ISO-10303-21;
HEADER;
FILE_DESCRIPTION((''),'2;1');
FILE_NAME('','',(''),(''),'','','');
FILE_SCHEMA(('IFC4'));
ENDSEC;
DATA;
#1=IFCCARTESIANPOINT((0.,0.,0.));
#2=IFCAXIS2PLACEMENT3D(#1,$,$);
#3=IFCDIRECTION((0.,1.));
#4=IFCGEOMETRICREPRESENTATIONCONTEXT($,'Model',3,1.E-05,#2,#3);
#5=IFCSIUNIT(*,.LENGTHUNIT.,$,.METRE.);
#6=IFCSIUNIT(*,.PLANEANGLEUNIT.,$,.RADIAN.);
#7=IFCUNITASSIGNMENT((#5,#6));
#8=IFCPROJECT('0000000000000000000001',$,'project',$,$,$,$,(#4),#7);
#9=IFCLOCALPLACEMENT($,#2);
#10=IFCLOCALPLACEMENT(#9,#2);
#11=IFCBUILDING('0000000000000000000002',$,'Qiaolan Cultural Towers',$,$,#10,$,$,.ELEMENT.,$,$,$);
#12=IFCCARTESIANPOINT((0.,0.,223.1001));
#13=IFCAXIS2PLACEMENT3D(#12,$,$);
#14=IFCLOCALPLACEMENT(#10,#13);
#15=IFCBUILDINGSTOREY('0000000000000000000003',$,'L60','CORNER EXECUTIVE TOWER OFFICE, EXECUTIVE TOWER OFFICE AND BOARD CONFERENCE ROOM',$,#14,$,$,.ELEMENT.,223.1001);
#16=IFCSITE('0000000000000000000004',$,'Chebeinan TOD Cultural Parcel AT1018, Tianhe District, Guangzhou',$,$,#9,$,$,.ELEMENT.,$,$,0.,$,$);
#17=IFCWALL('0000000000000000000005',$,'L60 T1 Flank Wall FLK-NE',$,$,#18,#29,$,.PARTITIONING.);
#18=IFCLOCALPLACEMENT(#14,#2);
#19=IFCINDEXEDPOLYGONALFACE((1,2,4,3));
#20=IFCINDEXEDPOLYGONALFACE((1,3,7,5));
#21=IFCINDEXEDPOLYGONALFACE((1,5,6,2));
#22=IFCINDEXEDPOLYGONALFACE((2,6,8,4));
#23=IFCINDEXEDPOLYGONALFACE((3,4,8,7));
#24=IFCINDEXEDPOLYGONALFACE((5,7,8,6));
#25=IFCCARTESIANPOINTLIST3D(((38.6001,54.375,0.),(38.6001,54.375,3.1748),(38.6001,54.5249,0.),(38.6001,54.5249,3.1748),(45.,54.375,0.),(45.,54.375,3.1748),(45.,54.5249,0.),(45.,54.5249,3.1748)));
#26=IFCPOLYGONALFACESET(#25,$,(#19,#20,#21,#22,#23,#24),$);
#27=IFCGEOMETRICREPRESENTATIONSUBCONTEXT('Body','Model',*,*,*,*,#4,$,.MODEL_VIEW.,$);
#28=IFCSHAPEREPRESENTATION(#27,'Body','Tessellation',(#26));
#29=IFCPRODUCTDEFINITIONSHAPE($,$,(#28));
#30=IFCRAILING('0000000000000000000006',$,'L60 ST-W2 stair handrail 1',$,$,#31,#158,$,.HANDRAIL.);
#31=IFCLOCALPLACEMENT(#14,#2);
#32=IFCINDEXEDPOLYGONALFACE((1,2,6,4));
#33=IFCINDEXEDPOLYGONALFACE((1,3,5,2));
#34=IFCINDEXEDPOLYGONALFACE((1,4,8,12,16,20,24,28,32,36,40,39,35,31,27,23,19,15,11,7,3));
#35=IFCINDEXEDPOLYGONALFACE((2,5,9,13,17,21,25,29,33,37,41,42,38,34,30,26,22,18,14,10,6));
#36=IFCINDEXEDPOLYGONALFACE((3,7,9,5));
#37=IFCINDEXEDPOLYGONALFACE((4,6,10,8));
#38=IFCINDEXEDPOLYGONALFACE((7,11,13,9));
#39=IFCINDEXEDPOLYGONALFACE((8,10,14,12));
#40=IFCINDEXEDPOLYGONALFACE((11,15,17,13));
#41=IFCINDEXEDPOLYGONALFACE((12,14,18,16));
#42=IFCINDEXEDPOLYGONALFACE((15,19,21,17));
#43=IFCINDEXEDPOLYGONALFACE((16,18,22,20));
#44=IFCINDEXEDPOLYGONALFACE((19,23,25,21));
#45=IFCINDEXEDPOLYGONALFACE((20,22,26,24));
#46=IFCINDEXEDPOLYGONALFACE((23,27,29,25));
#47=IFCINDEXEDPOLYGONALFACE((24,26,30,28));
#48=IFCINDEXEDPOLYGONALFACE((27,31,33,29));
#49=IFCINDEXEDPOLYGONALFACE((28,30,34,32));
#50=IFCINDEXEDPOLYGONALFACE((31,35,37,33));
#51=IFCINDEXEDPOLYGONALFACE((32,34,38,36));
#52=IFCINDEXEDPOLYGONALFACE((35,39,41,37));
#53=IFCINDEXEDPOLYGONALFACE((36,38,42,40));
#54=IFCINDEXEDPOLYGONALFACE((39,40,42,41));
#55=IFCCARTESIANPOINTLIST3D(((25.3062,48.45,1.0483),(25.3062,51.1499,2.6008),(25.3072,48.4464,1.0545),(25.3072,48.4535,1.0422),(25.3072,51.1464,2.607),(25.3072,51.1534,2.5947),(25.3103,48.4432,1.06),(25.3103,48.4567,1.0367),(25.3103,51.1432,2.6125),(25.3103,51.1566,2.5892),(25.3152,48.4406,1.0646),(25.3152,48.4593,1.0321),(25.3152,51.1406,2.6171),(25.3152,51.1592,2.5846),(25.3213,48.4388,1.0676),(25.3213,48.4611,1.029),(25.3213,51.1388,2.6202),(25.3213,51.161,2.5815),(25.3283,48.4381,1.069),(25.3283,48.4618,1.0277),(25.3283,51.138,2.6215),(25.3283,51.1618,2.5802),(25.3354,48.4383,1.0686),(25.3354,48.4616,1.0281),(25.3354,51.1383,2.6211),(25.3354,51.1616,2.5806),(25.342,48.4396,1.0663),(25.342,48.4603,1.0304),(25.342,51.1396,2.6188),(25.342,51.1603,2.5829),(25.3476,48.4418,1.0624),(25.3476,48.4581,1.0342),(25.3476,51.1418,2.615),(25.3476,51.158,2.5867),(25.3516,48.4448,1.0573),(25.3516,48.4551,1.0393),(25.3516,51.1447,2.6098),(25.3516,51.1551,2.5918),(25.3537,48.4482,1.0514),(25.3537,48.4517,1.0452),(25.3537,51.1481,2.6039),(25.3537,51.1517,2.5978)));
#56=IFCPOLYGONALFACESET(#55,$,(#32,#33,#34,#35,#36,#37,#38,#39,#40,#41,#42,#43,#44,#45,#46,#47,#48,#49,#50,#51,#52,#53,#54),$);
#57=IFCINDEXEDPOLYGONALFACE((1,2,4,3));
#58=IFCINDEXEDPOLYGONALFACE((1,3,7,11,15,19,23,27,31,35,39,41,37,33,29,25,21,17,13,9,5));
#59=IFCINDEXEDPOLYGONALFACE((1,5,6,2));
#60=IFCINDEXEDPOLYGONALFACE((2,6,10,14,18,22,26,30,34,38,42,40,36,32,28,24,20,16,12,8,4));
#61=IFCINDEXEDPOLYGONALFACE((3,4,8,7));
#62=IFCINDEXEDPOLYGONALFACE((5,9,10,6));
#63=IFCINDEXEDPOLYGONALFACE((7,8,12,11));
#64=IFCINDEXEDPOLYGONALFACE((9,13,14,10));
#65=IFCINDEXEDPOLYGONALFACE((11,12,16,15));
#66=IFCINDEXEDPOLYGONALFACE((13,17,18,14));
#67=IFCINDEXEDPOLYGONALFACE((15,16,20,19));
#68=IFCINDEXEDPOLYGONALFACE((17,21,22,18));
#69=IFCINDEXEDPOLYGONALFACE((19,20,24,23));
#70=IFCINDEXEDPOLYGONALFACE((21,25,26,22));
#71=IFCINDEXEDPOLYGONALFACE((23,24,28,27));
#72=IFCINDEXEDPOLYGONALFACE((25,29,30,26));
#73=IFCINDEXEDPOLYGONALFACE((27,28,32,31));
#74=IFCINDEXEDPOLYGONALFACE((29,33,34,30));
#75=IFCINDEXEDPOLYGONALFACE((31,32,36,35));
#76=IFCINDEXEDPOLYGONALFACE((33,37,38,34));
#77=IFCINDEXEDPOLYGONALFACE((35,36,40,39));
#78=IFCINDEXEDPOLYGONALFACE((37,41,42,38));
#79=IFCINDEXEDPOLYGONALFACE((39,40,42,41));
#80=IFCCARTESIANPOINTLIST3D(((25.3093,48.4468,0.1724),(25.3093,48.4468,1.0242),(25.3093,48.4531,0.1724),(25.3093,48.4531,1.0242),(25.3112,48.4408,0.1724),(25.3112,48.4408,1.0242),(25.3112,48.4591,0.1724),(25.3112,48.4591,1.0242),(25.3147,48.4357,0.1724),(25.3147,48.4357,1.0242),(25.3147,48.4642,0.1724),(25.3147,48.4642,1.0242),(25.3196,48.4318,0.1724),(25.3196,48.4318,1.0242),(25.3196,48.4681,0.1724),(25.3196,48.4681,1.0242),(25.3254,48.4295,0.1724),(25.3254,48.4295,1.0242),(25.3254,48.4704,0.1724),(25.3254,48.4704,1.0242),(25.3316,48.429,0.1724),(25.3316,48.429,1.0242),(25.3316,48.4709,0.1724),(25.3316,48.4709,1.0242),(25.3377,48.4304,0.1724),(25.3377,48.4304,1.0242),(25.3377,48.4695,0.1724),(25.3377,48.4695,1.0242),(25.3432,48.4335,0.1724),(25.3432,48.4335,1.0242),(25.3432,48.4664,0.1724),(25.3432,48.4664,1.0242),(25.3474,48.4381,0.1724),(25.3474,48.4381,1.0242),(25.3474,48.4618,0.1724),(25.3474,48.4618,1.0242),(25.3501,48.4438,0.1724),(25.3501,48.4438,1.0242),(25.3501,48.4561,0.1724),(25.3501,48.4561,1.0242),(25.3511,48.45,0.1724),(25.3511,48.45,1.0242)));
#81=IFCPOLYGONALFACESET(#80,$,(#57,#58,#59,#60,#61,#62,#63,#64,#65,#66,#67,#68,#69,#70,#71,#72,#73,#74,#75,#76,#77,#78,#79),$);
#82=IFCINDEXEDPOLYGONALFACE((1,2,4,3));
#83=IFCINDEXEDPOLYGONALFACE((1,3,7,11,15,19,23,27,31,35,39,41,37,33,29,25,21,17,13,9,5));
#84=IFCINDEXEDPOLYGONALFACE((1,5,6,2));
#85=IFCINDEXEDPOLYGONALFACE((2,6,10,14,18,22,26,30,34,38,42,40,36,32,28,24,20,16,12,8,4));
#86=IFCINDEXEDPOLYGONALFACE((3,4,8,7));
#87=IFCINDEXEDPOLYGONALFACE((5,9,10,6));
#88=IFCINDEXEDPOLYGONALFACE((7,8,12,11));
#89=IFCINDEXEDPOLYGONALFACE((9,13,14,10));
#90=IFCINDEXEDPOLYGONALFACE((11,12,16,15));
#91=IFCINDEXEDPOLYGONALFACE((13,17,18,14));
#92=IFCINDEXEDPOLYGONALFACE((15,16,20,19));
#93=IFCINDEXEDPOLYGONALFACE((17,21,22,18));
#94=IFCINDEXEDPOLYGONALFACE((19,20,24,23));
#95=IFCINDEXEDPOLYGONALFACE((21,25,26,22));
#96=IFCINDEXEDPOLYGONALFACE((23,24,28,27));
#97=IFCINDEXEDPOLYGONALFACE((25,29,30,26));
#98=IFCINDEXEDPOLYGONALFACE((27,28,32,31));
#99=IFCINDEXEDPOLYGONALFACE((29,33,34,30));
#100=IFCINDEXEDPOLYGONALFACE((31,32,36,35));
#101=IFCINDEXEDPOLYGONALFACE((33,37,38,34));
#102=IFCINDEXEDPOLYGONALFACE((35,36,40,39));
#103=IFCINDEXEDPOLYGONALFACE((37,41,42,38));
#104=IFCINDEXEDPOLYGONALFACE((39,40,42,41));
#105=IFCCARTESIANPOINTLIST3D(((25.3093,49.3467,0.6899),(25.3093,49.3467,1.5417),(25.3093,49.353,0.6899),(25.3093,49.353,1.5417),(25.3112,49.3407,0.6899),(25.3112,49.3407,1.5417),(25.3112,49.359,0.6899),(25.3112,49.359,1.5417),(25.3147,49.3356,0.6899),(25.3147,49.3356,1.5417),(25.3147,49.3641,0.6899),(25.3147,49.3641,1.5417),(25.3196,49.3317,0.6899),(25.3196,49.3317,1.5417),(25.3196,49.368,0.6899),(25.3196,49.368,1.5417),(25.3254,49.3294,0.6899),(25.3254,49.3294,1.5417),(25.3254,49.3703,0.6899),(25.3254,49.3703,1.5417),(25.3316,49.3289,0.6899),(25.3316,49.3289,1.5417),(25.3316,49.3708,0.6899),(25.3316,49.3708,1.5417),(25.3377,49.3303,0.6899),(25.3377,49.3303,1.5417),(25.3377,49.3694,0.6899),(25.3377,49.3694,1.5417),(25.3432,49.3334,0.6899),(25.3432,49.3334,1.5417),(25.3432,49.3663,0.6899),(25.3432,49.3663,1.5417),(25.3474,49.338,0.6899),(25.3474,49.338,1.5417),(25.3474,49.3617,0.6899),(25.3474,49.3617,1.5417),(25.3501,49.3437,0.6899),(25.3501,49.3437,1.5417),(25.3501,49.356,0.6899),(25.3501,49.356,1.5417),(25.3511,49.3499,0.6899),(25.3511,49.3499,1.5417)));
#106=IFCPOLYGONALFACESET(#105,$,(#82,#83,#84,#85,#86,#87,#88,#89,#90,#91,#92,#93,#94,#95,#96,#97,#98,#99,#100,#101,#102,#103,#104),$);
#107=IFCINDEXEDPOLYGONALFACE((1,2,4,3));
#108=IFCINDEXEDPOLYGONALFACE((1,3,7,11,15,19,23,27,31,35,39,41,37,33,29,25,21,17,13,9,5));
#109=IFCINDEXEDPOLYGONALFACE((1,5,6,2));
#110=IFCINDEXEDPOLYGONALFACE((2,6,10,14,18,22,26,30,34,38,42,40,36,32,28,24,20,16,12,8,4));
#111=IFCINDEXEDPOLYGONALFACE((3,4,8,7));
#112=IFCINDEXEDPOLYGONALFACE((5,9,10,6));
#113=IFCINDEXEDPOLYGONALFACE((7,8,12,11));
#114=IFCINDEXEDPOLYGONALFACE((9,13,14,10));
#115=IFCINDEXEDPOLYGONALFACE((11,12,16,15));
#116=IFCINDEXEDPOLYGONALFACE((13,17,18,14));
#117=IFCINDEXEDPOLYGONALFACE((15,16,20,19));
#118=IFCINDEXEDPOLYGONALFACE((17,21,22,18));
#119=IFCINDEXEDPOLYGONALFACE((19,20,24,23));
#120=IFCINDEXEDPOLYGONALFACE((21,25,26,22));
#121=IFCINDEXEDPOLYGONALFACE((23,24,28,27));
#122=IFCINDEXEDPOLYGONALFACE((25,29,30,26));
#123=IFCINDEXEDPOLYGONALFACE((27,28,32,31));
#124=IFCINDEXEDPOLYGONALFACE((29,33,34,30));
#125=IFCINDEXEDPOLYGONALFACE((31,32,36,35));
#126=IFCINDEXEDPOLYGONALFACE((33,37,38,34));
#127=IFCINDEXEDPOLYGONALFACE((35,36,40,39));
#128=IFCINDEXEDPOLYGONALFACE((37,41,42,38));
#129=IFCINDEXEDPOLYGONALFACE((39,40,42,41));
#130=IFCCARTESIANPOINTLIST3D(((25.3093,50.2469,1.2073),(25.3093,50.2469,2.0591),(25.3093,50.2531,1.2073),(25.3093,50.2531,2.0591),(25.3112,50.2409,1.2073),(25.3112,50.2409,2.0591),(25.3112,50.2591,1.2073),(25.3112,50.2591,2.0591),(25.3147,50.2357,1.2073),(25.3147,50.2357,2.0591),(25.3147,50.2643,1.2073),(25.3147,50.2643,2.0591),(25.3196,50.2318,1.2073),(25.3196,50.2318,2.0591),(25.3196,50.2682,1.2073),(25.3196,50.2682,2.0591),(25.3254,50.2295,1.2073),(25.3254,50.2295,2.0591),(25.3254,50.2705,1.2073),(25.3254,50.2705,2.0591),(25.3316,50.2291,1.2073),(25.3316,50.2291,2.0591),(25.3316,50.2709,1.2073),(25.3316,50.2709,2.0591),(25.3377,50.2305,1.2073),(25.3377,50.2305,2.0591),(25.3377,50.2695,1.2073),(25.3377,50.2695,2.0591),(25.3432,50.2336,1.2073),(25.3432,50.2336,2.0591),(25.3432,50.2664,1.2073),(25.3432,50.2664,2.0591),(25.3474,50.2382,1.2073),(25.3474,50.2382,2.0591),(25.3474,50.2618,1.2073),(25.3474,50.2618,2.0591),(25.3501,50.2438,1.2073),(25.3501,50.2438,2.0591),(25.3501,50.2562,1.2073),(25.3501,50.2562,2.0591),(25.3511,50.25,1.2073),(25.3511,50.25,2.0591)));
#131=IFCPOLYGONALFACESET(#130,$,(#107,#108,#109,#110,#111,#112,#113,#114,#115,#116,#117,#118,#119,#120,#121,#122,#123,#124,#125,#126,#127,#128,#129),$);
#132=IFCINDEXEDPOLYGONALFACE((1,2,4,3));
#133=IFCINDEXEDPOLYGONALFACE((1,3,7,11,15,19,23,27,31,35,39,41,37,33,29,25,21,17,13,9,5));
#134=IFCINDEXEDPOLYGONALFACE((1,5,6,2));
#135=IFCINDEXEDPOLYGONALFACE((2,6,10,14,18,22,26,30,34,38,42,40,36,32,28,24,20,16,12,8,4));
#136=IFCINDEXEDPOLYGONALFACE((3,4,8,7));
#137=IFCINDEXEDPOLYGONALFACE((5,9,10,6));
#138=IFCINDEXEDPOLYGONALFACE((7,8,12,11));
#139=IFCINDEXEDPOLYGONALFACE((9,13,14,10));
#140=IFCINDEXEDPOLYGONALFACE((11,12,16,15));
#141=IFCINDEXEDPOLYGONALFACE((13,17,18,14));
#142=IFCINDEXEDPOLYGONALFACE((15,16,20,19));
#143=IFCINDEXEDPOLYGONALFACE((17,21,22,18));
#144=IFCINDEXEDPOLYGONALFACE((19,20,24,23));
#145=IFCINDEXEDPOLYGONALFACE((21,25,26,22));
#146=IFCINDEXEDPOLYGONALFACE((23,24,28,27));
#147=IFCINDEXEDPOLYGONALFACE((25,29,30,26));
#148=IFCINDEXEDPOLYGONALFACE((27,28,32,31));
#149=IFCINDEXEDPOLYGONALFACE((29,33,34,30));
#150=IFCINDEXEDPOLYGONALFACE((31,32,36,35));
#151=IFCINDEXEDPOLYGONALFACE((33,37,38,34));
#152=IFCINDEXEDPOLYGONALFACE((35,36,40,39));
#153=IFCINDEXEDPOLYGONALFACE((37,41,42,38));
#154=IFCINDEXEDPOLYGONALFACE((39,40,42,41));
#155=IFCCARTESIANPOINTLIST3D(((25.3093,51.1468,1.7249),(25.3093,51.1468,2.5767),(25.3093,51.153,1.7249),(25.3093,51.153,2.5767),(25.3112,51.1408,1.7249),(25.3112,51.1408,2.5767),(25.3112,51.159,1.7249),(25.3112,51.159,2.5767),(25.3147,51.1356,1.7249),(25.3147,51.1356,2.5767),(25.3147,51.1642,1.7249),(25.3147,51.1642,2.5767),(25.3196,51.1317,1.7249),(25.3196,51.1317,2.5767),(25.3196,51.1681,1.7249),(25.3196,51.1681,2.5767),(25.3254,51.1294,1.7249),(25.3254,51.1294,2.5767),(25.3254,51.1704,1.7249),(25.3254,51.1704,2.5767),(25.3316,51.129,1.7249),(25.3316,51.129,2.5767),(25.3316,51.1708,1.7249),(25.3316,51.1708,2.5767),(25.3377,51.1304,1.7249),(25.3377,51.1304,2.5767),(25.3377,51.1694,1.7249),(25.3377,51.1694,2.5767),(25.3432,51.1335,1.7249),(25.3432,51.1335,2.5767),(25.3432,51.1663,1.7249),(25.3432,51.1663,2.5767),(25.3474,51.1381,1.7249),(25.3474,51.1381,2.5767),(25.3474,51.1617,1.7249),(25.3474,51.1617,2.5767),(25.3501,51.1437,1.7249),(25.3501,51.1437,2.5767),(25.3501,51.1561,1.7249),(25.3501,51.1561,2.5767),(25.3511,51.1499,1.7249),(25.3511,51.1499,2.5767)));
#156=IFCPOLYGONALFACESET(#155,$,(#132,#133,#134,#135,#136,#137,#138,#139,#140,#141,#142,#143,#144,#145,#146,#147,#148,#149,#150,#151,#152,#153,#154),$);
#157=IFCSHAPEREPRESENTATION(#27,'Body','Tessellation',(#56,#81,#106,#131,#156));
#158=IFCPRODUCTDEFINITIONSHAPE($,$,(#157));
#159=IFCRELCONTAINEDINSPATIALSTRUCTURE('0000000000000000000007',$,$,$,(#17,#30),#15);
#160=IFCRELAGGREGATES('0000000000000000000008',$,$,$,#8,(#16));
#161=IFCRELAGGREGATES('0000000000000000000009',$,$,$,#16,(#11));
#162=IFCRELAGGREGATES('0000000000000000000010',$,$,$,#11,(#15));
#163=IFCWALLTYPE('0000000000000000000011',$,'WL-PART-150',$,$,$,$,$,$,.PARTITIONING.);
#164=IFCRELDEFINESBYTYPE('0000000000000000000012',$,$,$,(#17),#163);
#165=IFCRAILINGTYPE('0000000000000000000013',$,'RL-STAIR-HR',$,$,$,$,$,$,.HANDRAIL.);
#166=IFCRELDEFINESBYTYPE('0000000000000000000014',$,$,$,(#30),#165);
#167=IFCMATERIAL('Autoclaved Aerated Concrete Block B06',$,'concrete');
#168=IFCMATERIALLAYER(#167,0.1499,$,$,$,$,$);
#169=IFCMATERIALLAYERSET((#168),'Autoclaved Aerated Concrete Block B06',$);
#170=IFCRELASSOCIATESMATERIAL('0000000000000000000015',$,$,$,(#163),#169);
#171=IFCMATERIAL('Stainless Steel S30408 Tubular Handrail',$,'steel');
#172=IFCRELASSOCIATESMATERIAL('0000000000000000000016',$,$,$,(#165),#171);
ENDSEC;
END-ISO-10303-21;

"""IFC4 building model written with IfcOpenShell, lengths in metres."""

from ifc_helpers import new_model, si_unit, direction, frame, frame_2d, origin, origin_2d, place, context, subcontext, project, spatial, rectangle, circle, extrude, material, layer, layer_set, type_object, element, save


model = new_model("IFC4")

# Units and contexts
model_context = context("Model", 3, precision=1e-05, world=origin(), true_north=direction((0.0, 1.0)))
body_context = subcontext(model_context, "Body", "Model", "MODEL_VIEW")
ifc_project = project(units=[si_unit("LENGTHUNIT", "METRE"), si_unit("PLANEANGLEUNIT", "RADIAN")], contexts=[model_context])

# Site, building, storey
site_placement = place(None, origin())
site = spatial("IfcSite", under=ifc_project, at=site_placement, Name="Chebeinan TOD Cultural Parcel AT1018, Tianhe District, Guangzhou", CompositionType="ELEMENT", RefElevation=0.0)
building_placement = place(site_placement, origin())
building = spatial("IfcBuilding", under=site, at=building_placement, Name="Qiaolan Cultural Towers", CompositionType="ELEMENT")
storey_placement = place(building_placement, frame((0.0, 0.0, 223.1001)))
storey = spatial("IfcBuildingStorey", under=building, at=storey_placement, Name="L60", Description="CORNER EXECUTIVE TOWER OFFICE, EXECUTIVE TOWER OFFICE AND BOARD CONFERENCE ROOM", CompositionType="ELEMENT", Elevation=223.1001)

# Shared definitions
ifc_material_1 = material(Name="Autoclaved Aerated Concrete Block B06", Category="concrete")
ifc_layer_1 = layer(ifc_material_1, 0.1499)
ifc_layer_set_1 = layer_set([ifc_layer_1], Name="Autoclaved Aerated Concrete Block B06")
wall_type_1 = type_object("IfcWallType", Name="WL-PART-150", PredefinedType="PARTITIONING", material=ifc_layer_set_1)

# Wall
wall_1_placement = place(storey_placement, frame((38.6001, 54.45, 0.0), z_axis=(0.0, 0.0, 1.0), x_axis=(1.0, 0.0, 0.0)))
element("IfcWall", 1, at=wall_1_placement, inside=storey, type_object=wall_type_1, Name="L60 T1 Flank Wall FLK-NE", PredefinedType="PARTITIONING", context=body_context, shape_type="SweptSolid", body=[
    extrude(rectangle(XDim=6.3999, YDim=0.1499, at=frame_2d((3.2, 0.0))), origin(), (0.0, 0.0, 1.0), 3.1748),
])

# Railing
ifc_material_2 = material(Name="Stainless Steel S30408 Tubular Handrail", Category="steel")
railing_type = type_object("IfcRailingType", Name="RL-STAIR-HR", PredefinedType="HANDRAIL", material=ifc_material_2)
railing_placement = place(storey_placement, frame((25.3301, 48.45, 0.1724)))
element("IfcRailing", 2, at=railing_placement, inside=storey, type_object=railing_type, Name="L60 ST-W2 stair handrail 1", PredefinedType="HANDRAIL", context=body_context, shape_type="SweptSolid", body=[
    extrude(circle(Radius=0.0239, at=origin_2d()), frame((0.0, 0.0, 0.876), z_axis=(0.0, 0.866904, 0.498476), x_axis=(-1.0, 0.0, 0.0)), (0.0, 0.0, 1.0), 3.1145),
    extrude(circle(Radius=0.021, at=origin_2d()), origin(), (0.0, 0.0, 1.0), 0.8518),
    extrude(circle(Radius=0.021, at=origin_2d()), frame((0.0, 0.8999, 0.5176)), (0.0, 0.0, 1.0), 0.8518),
    extrude(circle(Radius=0.021, at=origin_2d()), frame((0.0, 1.8, 1.0349)), (0.0, 0.0, 1.0), 0.8518),
    extrude(circle(Radius=0.021, at=origin_2d()), frame((0.0, 2.7, 1.5525)), (0.0, 0.0, 1.0), 0.8518),
])

save(model, "model.ifc")
